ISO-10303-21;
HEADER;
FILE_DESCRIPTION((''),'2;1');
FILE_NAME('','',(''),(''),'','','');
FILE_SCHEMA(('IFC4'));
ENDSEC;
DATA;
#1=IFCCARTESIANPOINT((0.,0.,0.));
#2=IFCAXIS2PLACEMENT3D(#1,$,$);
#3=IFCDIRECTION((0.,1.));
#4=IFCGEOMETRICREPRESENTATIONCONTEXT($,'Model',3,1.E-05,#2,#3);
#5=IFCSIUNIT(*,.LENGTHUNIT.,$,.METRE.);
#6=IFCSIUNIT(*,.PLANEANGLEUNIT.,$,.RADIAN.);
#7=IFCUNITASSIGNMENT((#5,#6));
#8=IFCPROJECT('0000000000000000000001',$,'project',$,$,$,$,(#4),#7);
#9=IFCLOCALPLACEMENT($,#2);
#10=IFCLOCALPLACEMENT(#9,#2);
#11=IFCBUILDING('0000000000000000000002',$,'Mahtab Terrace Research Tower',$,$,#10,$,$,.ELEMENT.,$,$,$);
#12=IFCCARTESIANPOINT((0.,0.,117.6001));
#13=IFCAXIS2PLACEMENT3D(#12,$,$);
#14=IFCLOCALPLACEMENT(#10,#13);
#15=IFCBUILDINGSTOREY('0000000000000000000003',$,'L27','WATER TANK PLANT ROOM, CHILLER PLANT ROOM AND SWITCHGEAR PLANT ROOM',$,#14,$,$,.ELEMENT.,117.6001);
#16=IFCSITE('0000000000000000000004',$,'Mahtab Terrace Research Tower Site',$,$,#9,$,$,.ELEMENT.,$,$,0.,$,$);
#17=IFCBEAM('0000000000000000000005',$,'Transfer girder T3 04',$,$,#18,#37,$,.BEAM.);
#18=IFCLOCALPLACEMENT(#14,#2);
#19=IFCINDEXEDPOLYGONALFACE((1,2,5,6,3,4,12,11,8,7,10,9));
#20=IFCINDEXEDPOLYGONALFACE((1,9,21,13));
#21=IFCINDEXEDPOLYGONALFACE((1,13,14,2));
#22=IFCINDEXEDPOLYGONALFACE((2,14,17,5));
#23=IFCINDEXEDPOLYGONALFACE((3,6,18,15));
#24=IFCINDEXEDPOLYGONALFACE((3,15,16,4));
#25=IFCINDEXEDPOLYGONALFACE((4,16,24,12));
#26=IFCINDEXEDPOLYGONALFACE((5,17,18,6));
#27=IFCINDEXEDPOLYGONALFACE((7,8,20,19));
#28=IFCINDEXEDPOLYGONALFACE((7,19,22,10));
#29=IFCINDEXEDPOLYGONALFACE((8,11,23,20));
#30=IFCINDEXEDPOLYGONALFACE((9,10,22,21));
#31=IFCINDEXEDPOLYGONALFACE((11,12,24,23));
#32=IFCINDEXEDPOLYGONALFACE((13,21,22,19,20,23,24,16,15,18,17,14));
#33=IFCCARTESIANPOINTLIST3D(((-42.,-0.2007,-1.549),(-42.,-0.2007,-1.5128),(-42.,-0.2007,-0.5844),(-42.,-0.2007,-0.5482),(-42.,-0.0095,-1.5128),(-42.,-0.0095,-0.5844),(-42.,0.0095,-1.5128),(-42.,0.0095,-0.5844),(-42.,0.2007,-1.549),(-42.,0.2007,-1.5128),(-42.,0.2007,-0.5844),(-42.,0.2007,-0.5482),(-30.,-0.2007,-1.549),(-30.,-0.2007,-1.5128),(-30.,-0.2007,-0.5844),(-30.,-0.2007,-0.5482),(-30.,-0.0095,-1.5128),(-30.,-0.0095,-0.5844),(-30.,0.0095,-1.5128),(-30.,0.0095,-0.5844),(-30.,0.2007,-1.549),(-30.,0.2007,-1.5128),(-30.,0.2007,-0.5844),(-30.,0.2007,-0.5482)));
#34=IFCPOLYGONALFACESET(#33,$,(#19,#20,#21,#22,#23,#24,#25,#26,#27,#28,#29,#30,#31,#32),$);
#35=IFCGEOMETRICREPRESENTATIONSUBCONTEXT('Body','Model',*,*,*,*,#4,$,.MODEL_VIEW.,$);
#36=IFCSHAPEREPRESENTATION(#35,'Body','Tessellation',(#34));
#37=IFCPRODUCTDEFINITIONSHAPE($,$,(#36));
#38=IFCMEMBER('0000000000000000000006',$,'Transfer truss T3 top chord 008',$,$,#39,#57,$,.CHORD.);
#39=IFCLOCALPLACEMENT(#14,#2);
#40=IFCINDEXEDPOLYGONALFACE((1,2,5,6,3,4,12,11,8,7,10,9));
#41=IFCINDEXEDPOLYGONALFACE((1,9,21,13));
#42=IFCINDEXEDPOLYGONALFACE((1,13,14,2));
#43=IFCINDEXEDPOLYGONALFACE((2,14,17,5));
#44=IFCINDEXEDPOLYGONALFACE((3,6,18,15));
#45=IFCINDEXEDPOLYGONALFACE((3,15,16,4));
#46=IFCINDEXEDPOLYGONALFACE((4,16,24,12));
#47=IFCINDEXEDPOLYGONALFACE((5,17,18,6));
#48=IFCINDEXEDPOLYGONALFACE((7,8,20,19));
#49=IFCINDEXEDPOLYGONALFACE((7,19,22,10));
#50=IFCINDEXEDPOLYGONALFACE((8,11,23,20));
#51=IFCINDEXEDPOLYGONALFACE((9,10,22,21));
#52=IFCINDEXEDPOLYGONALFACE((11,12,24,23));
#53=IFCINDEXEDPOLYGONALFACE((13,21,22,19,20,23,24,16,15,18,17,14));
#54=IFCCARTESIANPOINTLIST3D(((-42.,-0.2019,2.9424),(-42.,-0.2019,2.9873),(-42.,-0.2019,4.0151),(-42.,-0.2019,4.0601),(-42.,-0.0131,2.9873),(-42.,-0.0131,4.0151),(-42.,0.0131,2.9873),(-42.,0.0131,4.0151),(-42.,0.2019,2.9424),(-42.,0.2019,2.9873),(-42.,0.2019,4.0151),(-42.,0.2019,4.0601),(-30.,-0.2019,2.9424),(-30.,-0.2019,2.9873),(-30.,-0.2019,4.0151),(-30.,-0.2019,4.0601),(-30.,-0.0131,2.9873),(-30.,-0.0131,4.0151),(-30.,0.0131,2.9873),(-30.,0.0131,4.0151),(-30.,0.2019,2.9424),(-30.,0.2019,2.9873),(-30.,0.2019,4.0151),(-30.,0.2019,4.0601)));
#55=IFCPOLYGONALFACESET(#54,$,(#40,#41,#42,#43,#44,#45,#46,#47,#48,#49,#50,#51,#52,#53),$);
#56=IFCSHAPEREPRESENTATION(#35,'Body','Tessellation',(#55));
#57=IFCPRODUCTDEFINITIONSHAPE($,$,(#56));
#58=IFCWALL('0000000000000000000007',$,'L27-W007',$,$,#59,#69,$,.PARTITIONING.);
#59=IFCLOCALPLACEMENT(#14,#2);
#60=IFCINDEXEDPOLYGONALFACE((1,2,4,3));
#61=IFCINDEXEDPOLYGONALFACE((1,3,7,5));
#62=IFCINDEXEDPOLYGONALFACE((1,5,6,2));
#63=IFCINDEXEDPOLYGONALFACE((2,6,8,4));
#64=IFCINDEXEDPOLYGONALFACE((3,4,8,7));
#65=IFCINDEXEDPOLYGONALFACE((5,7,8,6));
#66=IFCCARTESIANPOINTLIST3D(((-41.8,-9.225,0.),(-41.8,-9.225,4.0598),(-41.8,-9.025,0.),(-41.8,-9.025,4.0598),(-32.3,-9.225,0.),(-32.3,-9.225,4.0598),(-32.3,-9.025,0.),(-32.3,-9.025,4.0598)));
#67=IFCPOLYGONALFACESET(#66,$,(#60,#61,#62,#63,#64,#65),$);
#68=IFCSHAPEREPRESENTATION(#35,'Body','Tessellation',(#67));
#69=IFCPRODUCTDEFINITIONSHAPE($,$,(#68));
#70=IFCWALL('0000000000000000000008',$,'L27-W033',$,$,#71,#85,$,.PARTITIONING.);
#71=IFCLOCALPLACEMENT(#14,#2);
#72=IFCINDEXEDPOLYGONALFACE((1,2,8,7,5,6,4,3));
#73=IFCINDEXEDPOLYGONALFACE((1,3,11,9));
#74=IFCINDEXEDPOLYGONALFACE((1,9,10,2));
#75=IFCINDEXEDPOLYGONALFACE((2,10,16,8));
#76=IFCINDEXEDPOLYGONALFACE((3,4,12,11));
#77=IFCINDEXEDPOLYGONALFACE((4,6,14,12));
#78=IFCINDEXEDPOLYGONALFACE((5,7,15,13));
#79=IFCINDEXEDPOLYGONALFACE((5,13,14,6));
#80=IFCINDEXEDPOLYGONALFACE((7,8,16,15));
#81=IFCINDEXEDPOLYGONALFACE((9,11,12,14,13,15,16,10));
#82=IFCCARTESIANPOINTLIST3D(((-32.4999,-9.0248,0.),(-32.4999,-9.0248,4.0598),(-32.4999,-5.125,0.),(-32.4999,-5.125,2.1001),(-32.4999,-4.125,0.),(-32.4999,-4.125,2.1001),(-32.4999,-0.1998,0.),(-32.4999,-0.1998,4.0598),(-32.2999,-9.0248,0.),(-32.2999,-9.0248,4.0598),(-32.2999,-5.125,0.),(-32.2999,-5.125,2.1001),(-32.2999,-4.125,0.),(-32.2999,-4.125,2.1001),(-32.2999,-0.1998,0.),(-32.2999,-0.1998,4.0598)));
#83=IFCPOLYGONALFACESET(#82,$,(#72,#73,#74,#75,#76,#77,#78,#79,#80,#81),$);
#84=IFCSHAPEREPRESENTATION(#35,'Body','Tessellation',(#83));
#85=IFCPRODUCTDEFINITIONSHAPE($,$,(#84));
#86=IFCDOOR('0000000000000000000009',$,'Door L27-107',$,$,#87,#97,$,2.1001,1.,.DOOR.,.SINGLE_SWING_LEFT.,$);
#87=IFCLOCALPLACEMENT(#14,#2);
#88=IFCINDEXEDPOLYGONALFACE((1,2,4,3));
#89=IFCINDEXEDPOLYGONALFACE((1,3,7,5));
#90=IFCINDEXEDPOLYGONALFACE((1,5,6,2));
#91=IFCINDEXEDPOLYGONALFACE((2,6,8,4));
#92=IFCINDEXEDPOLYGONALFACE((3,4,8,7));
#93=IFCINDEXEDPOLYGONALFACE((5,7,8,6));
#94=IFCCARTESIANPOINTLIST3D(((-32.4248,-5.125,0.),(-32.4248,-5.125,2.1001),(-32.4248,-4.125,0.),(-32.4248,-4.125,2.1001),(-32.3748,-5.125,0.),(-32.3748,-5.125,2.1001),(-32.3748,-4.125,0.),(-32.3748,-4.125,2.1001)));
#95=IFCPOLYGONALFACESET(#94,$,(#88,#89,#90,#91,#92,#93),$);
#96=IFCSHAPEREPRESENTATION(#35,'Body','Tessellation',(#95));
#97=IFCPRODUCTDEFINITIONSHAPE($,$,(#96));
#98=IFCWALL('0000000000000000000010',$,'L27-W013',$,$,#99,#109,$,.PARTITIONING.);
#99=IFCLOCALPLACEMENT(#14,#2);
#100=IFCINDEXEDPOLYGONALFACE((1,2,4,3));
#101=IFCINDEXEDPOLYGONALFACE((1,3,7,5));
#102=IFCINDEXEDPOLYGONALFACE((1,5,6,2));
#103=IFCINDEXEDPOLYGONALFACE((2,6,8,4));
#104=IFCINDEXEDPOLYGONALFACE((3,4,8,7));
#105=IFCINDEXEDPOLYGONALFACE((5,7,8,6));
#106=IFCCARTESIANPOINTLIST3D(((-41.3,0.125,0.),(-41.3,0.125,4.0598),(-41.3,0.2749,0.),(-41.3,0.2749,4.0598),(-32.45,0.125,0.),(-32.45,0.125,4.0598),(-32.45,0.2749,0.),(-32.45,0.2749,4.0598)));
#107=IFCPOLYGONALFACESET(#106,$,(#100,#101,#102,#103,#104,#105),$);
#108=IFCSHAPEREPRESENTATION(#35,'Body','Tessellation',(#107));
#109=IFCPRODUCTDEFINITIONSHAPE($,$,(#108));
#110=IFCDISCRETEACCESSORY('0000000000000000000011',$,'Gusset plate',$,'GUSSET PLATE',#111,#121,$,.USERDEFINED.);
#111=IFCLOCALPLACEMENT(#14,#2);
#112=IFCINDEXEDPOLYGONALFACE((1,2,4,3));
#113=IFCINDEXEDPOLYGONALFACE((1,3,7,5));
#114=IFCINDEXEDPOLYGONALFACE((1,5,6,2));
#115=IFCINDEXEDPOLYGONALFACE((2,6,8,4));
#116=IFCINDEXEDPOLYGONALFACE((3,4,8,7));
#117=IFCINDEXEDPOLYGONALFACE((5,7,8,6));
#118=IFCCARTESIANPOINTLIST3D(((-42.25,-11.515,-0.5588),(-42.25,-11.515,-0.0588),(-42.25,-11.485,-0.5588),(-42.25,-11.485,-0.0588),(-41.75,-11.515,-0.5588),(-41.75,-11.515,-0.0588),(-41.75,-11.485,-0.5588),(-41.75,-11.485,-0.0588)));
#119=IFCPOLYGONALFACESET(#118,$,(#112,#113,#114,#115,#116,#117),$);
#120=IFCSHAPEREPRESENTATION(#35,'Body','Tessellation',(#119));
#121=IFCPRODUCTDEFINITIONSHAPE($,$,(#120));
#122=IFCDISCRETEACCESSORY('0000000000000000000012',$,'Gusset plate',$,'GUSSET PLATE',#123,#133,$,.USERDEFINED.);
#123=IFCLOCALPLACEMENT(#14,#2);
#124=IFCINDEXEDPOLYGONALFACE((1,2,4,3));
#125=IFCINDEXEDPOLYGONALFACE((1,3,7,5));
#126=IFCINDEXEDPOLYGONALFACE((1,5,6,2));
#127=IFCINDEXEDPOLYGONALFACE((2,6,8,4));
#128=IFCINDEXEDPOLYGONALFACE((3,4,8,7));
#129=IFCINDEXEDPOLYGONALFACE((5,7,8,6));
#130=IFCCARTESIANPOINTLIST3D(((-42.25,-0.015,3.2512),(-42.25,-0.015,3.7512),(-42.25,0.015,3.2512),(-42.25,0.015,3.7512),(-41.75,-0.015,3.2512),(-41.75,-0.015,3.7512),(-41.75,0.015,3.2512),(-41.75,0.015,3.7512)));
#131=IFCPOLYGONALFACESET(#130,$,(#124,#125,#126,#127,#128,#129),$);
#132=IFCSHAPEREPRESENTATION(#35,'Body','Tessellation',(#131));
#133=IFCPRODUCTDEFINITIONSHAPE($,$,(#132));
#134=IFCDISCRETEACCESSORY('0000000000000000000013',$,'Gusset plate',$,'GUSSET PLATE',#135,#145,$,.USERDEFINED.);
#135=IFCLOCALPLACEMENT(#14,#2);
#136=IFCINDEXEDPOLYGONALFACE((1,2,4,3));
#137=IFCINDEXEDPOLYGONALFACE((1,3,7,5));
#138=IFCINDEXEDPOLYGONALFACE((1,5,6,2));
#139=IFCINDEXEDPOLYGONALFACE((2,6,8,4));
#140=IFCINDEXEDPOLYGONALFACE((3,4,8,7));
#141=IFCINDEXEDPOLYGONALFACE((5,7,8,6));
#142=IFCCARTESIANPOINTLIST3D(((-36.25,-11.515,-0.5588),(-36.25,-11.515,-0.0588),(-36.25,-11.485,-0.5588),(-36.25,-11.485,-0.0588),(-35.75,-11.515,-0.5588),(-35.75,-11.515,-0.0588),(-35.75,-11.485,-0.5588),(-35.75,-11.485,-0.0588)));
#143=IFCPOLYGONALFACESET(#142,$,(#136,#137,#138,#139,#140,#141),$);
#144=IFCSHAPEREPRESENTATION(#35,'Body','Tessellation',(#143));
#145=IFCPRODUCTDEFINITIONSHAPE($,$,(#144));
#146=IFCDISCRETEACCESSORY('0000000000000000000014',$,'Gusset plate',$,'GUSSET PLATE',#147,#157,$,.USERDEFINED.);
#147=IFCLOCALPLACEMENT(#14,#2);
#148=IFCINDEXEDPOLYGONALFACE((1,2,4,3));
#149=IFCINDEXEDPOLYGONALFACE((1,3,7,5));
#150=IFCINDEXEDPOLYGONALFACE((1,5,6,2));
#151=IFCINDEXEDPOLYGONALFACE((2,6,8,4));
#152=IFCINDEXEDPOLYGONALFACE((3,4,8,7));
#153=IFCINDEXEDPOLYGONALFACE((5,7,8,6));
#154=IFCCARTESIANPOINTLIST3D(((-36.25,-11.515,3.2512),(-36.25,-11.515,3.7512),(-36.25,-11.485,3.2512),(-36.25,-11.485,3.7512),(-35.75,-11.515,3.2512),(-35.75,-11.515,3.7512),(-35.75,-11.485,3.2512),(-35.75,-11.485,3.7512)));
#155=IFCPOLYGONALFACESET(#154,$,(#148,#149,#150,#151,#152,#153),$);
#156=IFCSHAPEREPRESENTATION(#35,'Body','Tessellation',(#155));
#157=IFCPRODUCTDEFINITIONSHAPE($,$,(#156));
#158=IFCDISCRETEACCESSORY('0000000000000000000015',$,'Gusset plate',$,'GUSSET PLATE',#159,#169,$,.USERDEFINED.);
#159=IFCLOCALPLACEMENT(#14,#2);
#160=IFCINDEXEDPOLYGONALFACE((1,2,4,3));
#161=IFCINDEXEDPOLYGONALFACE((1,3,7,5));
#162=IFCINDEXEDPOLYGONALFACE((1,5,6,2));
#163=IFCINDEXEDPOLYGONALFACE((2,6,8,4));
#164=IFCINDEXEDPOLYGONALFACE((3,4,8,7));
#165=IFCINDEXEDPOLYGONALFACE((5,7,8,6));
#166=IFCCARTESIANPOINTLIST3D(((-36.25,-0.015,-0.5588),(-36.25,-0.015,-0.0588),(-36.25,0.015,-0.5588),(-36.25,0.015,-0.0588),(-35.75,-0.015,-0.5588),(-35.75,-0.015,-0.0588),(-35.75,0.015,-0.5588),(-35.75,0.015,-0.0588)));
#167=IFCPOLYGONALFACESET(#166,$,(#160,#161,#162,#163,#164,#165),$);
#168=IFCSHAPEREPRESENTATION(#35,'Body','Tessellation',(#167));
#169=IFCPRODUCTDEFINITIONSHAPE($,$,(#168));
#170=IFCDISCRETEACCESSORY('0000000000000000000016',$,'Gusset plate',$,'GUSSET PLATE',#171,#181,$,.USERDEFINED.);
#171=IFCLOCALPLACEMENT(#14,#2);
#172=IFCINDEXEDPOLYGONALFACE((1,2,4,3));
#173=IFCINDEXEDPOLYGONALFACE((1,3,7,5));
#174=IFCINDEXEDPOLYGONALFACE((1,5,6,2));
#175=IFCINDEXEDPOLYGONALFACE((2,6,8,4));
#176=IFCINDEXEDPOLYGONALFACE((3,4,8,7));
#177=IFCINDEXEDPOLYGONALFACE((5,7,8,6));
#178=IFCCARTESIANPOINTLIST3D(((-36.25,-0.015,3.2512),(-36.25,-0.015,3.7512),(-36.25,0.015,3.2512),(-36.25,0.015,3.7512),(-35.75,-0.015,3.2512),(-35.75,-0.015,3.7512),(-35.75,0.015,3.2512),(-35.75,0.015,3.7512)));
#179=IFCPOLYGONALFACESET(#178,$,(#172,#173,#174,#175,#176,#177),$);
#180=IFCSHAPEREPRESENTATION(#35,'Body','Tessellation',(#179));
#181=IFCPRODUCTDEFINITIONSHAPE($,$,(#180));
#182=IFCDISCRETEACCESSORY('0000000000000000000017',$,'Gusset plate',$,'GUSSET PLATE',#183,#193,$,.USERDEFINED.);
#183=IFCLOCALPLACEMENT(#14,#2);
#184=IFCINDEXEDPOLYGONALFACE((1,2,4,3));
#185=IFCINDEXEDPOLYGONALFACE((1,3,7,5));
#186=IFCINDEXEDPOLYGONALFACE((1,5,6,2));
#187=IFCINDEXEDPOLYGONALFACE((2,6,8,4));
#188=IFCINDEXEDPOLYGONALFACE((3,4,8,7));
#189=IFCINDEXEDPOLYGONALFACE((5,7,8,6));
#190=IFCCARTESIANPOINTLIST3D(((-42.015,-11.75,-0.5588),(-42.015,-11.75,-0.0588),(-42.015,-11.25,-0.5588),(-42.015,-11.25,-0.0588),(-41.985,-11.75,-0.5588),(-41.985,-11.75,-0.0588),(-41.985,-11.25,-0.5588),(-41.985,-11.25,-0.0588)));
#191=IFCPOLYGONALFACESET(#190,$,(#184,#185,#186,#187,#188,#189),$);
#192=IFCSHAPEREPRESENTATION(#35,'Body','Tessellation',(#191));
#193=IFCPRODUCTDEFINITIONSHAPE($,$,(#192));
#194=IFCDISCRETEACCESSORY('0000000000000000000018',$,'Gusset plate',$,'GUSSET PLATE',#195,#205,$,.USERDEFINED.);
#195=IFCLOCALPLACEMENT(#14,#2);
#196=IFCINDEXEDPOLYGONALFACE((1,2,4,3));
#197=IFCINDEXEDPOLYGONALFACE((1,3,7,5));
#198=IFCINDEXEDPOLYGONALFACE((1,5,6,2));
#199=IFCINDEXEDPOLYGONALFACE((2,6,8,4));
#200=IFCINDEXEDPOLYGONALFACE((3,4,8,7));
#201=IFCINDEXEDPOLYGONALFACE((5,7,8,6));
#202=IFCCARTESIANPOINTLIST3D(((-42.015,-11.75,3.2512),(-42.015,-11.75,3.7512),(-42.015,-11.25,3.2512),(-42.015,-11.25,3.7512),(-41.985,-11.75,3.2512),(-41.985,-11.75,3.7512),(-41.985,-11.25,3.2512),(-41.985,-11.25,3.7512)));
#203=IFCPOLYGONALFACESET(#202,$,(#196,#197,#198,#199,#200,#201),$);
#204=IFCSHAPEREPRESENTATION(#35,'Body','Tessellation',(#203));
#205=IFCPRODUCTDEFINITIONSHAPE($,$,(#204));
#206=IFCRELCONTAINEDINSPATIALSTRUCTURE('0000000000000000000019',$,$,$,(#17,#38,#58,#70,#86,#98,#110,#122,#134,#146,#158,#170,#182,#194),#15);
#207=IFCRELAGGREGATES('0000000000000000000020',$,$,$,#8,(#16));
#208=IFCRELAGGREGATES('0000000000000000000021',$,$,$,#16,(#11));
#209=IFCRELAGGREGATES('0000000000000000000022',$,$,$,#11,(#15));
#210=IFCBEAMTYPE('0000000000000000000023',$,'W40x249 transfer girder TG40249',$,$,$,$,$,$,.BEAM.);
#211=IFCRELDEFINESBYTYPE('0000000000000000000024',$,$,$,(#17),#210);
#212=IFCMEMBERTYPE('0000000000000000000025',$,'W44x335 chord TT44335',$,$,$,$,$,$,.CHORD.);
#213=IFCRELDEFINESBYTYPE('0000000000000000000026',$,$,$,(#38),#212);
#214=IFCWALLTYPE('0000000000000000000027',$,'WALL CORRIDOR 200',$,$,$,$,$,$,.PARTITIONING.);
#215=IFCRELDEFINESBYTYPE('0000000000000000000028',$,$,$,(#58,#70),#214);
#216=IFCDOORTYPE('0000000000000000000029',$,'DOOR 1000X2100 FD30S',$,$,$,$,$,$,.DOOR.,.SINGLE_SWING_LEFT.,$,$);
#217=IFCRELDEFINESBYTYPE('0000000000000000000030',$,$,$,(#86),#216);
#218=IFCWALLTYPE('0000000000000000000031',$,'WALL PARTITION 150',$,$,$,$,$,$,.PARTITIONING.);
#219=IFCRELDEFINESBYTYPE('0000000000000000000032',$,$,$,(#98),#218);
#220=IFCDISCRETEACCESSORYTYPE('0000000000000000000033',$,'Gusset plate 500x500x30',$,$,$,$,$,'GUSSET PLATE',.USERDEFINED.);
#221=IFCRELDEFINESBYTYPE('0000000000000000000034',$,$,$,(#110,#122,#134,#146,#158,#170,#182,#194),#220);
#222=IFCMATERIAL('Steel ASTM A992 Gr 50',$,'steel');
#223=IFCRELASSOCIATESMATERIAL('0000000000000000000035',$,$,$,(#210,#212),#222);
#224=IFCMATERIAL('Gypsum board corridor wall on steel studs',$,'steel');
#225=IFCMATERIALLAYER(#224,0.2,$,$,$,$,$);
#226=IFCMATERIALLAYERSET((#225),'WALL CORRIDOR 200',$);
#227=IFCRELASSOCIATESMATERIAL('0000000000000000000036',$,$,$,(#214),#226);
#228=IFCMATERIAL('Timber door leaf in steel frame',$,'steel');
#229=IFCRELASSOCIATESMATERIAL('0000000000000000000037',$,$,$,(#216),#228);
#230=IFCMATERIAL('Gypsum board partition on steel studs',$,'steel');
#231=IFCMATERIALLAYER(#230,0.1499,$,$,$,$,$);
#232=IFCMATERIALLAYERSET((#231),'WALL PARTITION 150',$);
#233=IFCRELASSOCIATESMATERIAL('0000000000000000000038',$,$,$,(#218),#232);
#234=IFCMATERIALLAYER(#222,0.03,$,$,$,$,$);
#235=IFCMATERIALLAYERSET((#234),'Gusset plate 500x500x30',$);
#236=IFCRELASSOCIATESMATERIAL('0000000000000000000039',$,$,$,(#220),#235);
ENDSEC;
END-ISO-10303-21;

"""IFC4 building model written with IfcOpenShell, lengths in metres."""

from ifc_helpers import new_model, si_unit, direction, frame, frame_2d, origin, origin_2d, place, context, subcontext, project, spatial, rectangle, i_section, extrude, material, layer, layer_set, material_profile, profile_set, type_object, element, fill, save


model = new_model("IFC4")

# Units and contexts
model_context = context("Model", 3, precision=1e-05, world=origin(), true_north=direction((0.0, 1.0)))
body_context = subcontext(model_context, "Body", "Model", "MODEL_VIEW")
ifc_project = project(units=[si_unit("LENGTHUNIT", "METRE"), si_unit("PLANEANGLEUNIT", "RADIAN")], contexts=[model_context])

# Site, building, storey
site_placement = place(None, origin())
site = spatial("IfcSite", under=ifc_project, at=site_placement, Name="Mahtab Terrace Research Tower Site", CompositionType="ELEMENT", RefElevation=0.0)
building_placement = place(site_placement, origin())
building = spatial("IfcBuilding", under=site, at=building_placement, Name="Mahtab Terrace Research Tower", CompositionType="ELEMENT")
storey_placement = place(building_placement, frame((0.0, 0.0, 117.6001)))
storey = spatial("IfcBuildingStorey", under=building, at=storey_placement, Name="L27", Description="WATER TANK PLANT ROOM, CHILLER PLANT ROOM AND SWITCHGEAR PLANT ROOM", CompositionType="ELEMENT", Elevation=117.6001)

# Shared definitions
ifc_material_1 = material(Name="Steel ASTM A992 Gr 50", Category="steel")

# Beam
ifc_material_profile_1 = material_profile(ifc_material_1, i_section(OverallWidth=0.4014, OverallDepth=1.0007, WebThickness=0.019, FlangeThickness=0.0361, at=origin_2d()), Name="W40X249")
ifc_profile_set_1 = profile_set([ifc_material_profile_1], Name="Steel ASTM A992 Gr 50")
beam_type = type_object("IfcBeamType", Name="W40x249 transfer girder TG40249", PredefinedType="BEAM", material=ifc_profile_set_1)
beam_placement = place(storey_placement, frame((-42.0, 0.0, -1.0486), z_axis=(1.0, 0.0, 0.0), x_axis=(0.0, 1.0, 0.0)))
element("IfcBeam", 1, at=beam_placement, inside=storey, type_object=beam_type, Name="Transfer girder T3 04", PredefinedType="BEAM", context=body_context, shape_type="SweptSolid", body=[
    extrude(i_section(OverallWidth=0.4014, OverallDepth=1.0007, WebThickness=0.019, FlangeThickness=0.0361, at=origin_2d()), origin(), (0.0, 0.0, 1.0), 12.0),
])

# Member
ifc_material_profile_2 = material_profile(ifc_material_1, i_section(OverallWidth=0.4038, OverallDepth=1.1177, WebThickness=0.0261, FlangeThickness=0.0449, at=origin_2d()), Name="W44X335")
ifc_profile_set_2 = profile_set([ifc_material_profile_2], Name="Steel ASTM A992 Gr 50")
member_type_1 = type_object("IfcMemberType", Name="W44x335 chord TT44335", PredefinedType="CHORD", material=ifc_profile_set_2)
member_1_placement = place(storey_placement, frame((-42.0, 0.0, 3.5012), z_axis=(1.0, 0.0, 0.0), x_axis=(0.0, 1.0, 0.0)))
element("IfcMember", 2, at=member_1_placement, inside=storey, type_object=member_type_1, Name="Transfer truss T3 top chord 008", PredefinedType="CHORD", context=body_context, shape_type="SweptSolid", body=[
    extrude(i_section(OverallWidth=0.4038, OverallDepth=1.1177, WebThickness=0.0261, FlangeThickness=0.0449, at=origin_2d()), origin(), (0.0, 0.0, 1.0), 12.0),
])

# Wall
ifc_material_2 = material(Name="Gypsum board corridor wall on steel studs", Category="steel")
ifc_layer_1 = layer(ifc_material_2, 0.2)
ifc_layer_set_1 = layer_set([ifc_layer_1], Name="WALL CORRIDOR 200")
wall_type_1 = type_object("IfcWallType", Name="WALL CORRIDOR 200", PredefinedType="PARTITIONING", material=ifc_layer_set_1)
wall_1_placement = place(storey_placement, frame((-41.8, -9.125, 0.0), z_axis=(0.0, 0.0, 1.0), x_axis=(1.0, 0.0, 0.0)))
element("IfcWall", 3, at=wall_1_placement, inside=storey, type_object=wall_type_1, Name="L27-W007", PredefinedType="PARTITIONING", context=body_context, shape_type="SweptSolid", body=[
    extrude(rectangle(XDim=9.5, YDim=0.2, at=frame_2d((4.75, 0.0))), origin(), (0.0, 0.0, 1.0), 4.0598),
])

# Wall, opening, door
wall_2_placement = place(storey_placement, frame((-32.3999, -9.0249, 0.0), z_axis=(0.0, 0.0, 1.0), x_axis=(0.0, 1.0, 0.0)))
wall_2 = element("IfcWall", 4, at=wall_2_placement, inside=storey, type_object=wall_type_1, Name="L27-W033", PredefinedType="PARTITIONING", context=body_context, shape_type="SweptSolid", body=[
    extrude(rectangle(XDim=8.825, YDim=0.2, at=frame_2d((4.4126, 0.0))), origin(), (0.0, 0.0, 1.0), 4.0598),
])
opening_placement = place(wall_2_placement, frame((3.8999, 0.0, 0.0)))
opening = element("IfcOpeningElement", 5, at=opening_placement, cuts=wall_2, PredefinedType="OPENING", context=body_context, shape_type="SweptSolid", body=[
    extrude(rectangle(XDim=1.0, YDim=2.1001, at=frame_2d((0.5, 1.05))), frame((0.0, 0.1099, 0.0), z_axis=(0.0, -1.0, 0.0), x_axis=(1.0, 0.0, 0.0)), (0.0, 0.0, 1.0), 0.22),
])
ifc_material_3 = material(Name="Timber door leaf in steel frame", Category="steel")
door_type = type_object("IfcDoorType", Name="DOOR 1000X2100 FD30S", OperationType="SINGLE_SWING_LEFT", PredefinedType="DOOR", material=ifc_material_3)
door_placement = place(opening_placement, origin())
door = element("IfcDoor", 6, at=door_placement, inside=storey, type_object=door_type, Name="Door L27-107", OperationType="SINGLE_SWING_LEFT", OverallHeight=2.1001, OverallWidth=1.0, PredefinedType="DOOR", context=body_context, shape_type="SweptSolid", body=[
    extrude(rectangle(XDim=1.0, YDim=2.1001, at=frame_2d((0.5, 1.05))), frame((0.0, 0.0249, 0.0), z_axis=(0.0, -1.0, 0.0), x_axis=(1.0, 0.0, 0.0)), (0.0, 0.0, 1.0), 0.05),
])
fill(opening, door)

# Wall
ifc_material_4 = material(Name="Gypsum board partition on steel studs", Category="steel")
ifc_layer_2 = layer(ifc_material_4, 0.1499)
ifc_layer_set_2 = layer_set([ifc_layer_2], Name="WALL PARTITION 150")
wall_type_2 = type_object("IfcWallType", Name="WALL PARTITION 150", PredefinedType="PARTITIONING", material=ifc_layer_set_2)
wall_3_placement = place(storey_placement, frame((-41.3, 0.2, 0.0), z_axis=(0.0, 0.0, 1.0), x_axis=(1.0, 0.0, 0.0)))
element("IfcWall", 7, at=wall_3_placement, inside=storey, type_object=wall_type_2, Name="L27-W013", PredefinedType="PARTITIONING", context=body_context, shape_type="SweptSolid", body=[
    extrude(rectangle(XDim=8.8501, YDim=0.1499, at=frame_2d((4.425, 0.0))), origin(), (0.0, 0.0, 1.0), 4.0598),
])

# Discrete accessories
ifc_layer_3 = layer(ifc_material_1, 0.03)
ifc_layer_set_3 = layer_set([ifc_layer_3], Name="Gusset plate 500x500x30")
discrete_accessory_type = type_object("IfcDiscreteAccessoryType", Name="Gusset plate 500x500x30", ElementType="GUSSET PLATE", PredefinedType="USERDEFINED", material=ifc_layer_set_3)
for number, where, z_axis, x_axis, name in (
    (8, (-42.0, -11.5, -0.5588), (0.0, 0.0, 1.0), (1.0, 0.0, 0.0), "Gusset plate"),
    (9, (-42.0, 0.0, 3.2512), (0.0, 0.0, 1.0), (1.0, 0.0, 0.0), "Gusset plate"),
    (10, (-36.0, -11.5, -0.5588), (0.0, 0.0, 1.0), (1.0, 0.0, 0.0), "Gusset plate"),
    (11, (-36.0, -11.5, 3.2512), (0.0, 0.0, 1.0), (1.0, 0.0, 0.0), "Gusset plate"),
    (12, (-36.0, 0.0, -0.5588), (0.0, 0.0, 1.0), (1.0, 0.0, 0.0), "Gusset plate"),
    (13, (-36.0, 0.0, 3.2512), (0.0, 0.0, 1.0), (1.0, 0.0, 0.0), "Gusset plate"),
    (14, (-42.0, -11.5, -0.5588), (0.0, 0.0, 1.0), (0.0, 1.0, 0.0), "Gusset plate"),
    (15, (-42.0, -11.5, 3.2512), (0.0, 0.0, 1.0), (0.0, 1.0, 0.0), "Gusset plate"),
):
    element("IfcDiscreteAccessory", number, at=place(storey_placement, frame(where, z_axis=z_axis, x_axis=x_axis)), inside=storey, type_object=discrete_accessory_type, Name=name, ObjectType="GUSSET PLATE", PredefinedType="USERDEFINED", context=body_context, shape_type="SweptSolid", body=[
        extrude(rectangle(XDim=0.5, YDim=0.03, at=origin_2d()), origin(), (0.0, 0.0, 1.0), 0.5),
    ])

save(model, "model.ifc")
